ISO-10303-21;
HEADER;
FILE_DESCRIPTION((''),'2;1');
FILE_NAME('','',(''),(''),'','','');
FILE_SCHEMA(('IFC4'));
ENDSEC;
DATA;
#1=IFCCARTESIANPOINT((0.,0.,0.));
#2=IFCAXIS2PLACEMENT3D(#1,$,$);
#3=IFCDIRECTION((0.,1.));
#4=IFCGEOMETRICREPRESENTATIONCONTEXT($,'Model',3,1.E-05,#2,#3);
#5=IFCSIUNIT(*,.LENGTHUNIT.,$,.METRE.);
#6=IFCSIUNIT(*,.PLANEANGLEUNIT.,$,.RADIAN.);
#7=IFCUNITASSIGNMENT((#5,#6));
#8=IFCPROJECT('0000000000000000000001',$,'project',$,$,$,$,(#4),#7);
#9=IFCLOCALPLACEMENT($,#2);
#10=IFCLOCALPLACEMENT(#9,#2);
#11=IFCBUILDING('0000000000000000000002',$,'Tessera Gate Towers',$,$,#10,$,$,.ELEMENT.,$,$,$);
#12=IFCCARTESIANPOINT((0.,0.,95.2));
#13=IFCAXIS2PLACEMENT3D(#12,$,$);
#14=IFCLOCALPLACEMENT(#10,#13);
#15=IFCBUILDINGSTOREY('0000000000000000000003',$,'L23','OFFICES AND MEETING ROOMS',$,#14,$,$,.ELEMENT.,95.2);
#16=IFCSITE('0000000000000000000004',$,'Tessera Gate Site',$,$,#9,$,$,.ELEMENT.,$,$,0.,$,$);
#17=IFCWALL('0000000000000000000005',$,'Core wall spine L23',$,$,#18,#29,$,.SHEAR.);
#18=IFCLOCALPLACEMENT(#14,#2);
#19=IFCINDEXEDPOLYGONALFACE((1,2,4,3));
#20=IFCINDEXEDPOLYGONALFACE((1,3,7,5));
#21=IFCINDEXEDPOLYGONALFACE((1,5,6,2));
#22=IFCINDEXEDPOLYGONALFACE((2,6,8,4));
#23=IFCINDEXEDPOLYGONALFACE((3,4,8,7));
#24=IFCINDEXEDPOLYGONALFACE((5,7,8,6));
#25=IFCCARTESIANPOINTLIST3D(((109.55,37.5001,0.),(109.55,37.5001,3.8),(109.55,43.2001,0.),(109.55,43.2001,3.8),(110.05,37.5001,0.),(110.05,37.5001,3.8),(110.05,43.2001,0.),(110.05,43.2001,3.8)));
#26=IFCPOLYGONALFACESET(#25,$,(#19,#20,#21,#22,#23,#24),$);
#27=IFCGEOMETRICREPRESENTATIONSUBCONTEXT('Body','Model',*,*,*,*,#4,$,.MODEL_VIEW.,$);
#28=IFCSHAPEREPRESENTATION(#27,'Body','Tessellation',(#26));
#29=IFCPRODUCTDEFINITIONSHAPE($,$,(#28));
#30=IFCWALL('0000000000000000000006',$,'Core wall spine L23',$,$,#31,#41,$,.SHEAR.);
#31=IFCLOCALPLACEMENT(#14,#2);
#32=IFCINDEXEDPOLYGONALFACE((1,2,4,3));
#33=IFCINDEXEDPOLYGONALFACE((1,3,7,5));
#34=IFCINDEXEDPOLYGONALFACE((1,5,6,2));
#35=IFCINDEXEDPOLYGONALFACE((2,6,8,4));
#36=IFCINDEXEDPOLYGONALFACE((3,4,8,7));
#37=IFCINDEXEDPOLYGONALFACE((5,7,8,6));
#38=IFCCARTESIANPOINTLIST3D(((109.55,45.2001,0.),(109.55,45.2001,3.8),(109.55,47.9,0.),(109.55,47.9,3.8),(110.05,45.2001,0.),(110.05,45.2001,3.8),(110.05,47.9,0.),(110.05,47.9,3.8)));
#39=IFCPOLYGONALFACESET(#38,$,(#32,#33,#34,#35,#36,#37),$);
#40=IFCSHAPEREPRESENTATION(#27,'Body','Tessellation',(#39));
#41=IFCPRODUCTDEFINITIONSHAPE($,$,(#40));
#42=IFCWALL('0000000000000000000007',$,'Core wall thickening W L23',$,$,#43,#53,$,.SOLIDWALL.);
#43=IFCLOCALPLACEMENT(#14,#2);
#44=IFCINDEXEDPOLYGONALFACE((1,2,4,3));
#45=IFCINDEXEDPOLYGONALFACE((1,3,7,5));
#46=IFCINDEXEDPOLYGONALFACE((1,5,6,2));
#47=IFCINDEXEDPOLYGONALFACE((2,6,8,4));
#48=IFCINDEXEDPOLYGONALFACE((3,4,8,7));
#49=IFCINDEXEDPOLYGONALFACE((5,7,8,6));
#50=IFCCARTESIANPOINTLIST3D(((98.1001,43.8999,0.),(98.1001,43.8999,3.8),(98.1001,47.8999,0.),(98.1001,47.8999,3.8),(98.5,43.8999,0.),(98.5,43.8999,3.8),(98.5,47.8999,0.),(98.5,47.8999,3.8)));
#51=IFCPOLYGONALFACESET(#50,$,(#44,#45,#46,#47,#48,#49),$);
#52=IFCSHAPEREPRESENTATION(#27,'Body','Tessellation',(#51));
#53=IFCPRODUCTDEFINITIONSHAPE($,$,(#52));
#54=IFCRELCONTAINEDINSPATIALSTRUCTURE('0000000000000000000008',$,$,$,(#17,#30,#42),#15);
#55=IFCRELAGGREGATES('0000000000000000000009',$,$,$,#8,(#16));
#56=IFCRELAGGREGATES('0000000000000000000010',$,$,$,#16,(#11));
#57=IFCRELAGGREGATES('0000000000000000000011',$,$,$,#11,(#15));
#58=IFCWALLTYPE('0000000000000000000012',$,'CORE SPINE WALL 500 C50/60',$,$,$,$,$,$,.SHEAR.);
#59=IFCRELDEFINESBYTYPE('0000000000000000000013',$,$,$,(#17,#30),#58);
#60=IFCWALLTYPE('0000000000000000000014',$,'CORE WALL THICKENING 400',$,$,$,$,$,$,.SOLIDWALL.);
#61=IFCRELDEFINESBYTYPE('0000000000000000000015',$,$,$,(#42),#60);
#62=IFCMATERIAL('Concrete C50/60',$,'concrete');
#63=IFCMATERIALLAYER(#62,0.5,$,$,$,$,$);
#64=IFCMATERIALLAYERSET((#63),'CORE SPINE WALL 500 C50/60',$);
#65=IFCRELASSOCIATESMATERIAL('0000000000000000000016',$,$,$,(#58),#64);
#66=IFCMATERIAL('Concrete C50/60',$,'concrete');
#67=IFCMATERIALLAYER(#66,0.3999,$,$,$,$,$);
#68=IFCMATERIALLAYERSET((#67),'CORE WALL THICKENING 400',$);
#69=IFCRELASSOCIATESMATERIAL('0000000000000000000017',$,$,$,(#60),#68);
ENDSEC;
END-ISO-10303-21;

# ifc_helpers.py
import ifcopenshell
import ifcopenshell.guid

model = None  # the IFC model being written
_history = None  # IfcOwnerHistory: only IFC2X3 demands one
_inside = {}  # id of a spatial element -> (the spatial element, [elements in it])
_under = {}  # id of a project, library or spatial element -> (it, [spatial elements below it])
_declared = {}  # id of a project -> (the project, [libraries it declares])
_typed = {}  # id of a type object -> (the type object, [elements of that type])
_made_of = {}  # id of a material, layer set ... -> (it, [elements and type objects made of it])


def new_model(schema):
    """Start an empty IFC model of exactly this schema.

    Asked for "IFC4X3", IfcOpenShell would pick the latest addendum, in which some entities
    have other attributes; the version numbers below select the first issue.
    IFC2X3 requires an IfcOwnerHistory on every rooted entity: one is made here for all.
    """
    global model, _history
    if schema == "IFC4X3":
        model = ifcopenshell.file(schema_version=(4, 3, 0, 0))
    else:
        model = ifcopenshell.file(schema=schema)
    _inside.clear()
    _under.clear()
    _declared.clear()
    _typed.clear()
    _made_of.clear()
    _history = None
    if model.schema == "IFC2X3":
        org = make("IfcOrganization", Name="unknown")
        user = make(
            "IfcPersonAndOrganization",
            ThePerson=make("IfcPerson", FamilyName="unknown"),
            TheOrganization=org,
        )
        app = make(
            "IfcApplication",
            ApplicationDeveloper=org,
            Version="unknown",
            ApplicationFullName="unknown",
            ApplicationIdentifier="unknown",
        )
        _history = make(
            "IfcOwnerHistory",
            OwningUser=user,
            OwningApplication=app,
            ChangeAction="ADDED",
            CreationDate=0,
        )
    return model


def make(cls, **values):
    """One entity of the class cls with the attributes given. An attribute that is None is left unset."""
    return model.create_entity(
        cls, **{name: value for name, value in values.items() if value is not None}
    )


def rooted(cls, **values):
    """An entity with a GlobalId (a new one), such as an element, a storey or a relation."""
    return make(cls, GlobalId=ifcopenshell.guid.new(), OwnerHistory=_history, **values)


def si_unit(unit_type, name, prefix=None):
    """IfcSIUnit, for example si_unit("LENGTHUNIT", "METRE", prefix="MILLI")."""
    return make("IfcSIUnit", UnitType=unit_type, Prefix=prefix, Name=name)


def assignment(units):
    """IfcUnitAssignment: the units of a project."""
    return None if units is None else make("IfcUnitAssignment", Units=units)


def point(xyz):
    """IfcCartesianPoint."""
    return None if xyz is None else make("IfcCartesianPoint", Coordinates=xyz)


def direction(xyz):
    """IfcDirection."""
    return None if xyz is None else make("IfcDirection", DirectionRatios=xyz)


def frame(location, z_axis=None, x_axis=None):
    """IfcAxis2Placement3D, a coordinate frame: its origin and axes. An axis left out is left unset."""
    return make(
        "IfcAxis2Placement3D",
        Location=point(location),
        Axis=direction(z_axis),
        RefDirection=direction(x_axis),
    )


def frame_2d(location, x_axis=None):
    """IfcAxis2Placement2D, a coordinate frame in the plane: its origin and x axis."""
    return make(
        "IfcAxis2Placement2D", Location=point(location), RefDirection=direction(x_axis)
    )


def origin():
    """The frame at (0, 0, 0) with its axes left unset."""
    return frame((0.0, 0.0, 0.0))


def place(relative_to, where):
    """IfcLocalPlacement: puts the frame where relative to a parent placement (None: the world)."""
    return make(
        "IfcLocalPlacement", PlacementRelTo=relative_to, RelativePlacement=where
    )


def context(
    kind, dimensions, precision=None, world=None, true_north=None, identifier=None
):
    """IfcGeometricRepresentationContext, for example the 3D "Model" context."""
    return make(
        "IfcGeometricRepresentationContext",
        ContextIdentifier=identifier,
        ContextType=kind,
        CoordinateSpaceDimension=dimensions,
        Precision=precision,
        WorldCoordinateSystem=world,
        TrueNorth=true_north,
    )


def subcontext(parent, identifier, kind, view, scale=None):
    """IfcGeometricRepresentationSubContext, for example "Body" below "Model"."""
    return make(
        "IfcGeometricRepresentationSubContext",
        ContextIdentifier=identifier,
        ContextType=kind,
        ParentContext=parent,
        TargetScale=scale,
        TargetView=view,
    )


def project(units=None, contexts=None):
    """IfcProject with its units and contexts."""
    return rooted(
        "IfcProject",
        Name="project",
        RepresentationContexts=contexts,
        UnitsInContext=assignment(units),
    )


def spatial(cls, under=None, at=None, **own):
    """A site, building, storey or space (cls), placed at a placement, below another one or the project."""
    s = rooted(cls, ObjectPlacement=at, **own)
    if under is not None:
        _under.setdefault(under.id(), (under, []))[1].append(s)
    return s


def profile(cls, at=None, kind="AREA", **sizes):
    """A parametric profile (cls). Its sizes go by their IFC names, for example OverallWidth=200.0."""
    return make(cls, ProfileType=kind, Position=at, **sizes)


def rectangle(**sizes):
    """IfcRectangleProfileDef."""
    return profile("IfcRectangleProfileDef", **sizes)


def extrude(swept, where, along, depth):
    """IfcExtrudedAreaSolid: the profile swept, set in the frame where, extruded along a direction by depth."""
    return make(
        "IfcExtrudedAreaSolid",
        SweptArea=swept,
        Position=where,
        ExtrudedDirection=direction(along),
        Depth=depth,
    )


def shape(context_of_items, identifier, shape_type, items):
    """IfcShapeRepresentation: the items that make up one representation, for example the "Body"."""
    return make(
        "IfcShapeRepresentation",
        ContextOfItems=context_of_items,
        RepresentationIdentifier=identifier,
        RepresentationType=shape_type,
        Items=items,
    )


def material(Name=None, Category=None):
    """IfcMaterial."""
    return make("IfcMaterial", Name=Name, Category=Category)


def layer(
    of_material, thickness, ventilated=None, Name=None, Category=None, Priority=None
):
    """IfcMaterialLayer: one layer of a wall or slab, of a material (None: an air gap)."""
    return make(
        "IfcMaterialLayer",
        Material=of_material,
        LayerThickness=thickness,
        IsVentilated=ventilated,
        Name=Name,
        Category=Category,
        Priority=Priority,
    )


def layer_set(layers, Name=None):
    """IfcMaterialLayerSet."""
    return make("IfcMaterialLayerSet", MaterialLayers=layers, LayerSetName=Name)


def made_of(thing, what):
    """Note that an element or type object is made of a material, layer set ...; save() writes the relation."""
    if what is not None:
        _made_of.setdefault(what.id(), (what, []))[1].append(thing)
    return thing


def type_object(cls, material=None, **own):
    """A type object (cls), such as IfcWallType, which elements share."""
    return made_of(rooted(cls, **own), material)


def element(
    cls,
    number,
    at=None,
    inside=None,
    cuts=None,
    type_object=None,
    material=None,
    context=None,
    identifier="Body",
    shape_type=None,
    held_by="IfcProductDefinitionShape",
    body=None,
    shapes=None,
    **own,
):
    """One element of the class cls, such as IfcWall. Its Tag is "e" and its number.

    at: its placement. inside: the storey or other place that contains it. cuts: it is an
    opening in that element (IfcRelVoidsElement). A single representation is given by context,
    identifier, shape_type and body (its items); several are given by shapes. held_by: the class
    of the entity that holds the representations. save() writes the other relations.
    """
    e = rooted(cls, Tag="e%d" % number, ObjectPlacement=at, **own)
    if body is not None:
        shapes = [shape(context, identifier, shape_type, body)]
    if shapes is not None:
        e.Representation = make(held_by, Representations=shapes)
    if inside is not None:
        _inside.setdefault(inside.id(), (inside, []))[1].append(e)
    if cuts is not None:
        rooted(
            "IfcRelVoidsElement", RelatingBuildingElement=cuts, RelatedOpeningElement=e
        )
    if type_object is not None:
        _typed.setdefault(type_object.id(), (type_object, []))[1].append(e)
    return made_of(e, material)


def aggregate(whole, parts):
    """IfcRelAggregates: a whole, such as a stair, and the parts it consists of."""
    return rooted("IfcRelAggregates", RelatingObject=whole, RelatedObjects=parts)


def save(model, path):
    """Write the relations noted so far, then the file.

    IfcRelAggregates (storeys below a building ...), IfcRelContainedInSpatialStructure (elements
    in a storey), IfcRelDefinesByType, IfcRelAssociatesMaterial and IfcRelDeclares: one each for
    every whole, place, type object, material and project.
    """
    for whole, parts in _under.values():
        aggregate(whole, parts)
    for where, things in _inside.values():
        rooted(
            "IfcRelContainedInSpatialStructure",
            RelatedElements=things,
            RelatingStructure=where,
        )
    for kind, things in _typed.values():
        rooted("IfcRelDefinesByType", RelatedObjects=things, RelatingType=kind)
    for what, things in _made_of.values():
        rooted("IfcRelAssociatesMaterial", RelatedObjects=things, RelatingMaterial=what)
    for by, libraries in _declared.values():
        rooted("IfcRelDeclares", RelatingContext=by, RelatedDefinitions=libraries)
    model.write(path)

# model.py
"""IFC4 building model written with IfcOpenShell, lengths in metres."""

from ifc_helpers import new_model, si_unit, direction, frame, frame_2d, origin, place, context, subcontext, project, spatial, rectangle, extrude, material, layer, layer_set, type_object, element, save


model = new_model("IFC4")

# Units and contexts
model_context = context("Model", 3, precision=1e-05, world=origin(), true_north=direction((0.0, 1.0)))
body_context = subcontext(model_context, "Body", "Model", "MODEL_VIEW")
ifc_project = project(units=[si_unit("LENGTHUNIT", "METRE"), si_unit("PLANEANGLEUNIT", "RADIAN")], contexts=[model_context])

# Site, building, storey
site_placement = place(None, origin())
site = spatial("IfcSite", under=ifc_project, at=site_placement, Name="Tessera Gate Site", CompositionType="ELEMENT", RefElevation=0.0)
building_placement = place(site_placement, origin())
building = spatial("IfcBuilding", under=site, at=building_placement, Name="Tessera Gate Towers", CompositionType="ELEMENT")
storey_placement = place(building_placement, frame((0.0, 0.0, 95.2)))
storey = spatial("IfcBuildingStorey", under=building, at=storey_placement, Name="L23", Description="OFFICES AND MEETING ROOMS", CompositionType="ELEMENT", Elevation=95.2)

# Walls
ifc_material_1 = material(Name="Concrete C50/60", Category="concrete")
ifc_layer_1 = layer(ifc_material_1, 0.5)
ifc_layer_set_1 = layer_set([ifc_layer_1], Name="CORE SPINE WALL 500 C50/60")
wall_type_1 = type_object("IfcWallType", Name="CORE SPINE WALL 500 C50/60", PredefinedType="SHEAR", material=ifc_layer_set_1)
wall_1_placement = place(storey_placement, frame((109.8, 37.5, 0.0), z_axis=(0.0, 0.0, 1.0), x_axis=(0.0, 1.0, 0.0)))
element("IfcWall", 1, at=wall_1_placement, inside=storey, type_object=wall_type_1, Name="Core wall spine L23", PredefinedType="SHEAR", context=body_context, shape_type="SweptSolid", body=[
    extrude(rectangle(XDim=5.7, YDim=0.5, at=frame_2d((2.8501, 0.0))), origin(), (0.0, 0.0, 1.0), 3.8),
])
wall_2_placement = place(storey_placement, frame((109.8, 45.2, 0.0), z_axis=(0.0, 0.0, 1.0), x_axis=(0.0, 1.0, 0.0)))
element("IfcWall", 2, at=wall_2_placement, inside=storey, type_object=wall_type_1, Name="Core wall spine L23", PredefinedType="SHEAR", context=body_context, shape_type="SweptSolid", body=[
    extrude(rectangle(XDim=2.7, YDim=0.5, at=frame_2d((1.3501, 0.0))), origin(), (0.0, 0.0, 1.0), 3.8),
])
ifc_material_2 = material(Name="Concrete C50/60", Category="concrete")
ifc_layer_2 = layer(ifc_material_2, 0.3999)
ifc_layer_set_2 = layer_set([ifc_layer_2], Name="CORE WALL THICKENING 400")
wall_type_2 = type_object("IfcWallType", Name="CORE WALL THICKENING 400", PredefinedType="SOLIDWALL", material=ifc_layer_set_2)
wall_3_placement = place(storey_placement, frame((98.3, 43.8999, 0.0), z_axis=(0.0, 0.0, 1.0), x_axis=(0.0, 1.0, 0.0)))
element("IfcWall", 3, at=wall_3_placement, inside=storey, type_object=wall_type_2, Name="Core wall thickening W L23", PredefinedType="SOLIDWALL", context=body_context, shape_type="SweptSolid", body=[
    extrude(rectangle(XDim=4.0, YDim=0.3999, at=frame_2d((2.0, 0.0))), origin(), (0.0, 0.0, 1.0), 3.8),
])

save(model, "model.ifc")
